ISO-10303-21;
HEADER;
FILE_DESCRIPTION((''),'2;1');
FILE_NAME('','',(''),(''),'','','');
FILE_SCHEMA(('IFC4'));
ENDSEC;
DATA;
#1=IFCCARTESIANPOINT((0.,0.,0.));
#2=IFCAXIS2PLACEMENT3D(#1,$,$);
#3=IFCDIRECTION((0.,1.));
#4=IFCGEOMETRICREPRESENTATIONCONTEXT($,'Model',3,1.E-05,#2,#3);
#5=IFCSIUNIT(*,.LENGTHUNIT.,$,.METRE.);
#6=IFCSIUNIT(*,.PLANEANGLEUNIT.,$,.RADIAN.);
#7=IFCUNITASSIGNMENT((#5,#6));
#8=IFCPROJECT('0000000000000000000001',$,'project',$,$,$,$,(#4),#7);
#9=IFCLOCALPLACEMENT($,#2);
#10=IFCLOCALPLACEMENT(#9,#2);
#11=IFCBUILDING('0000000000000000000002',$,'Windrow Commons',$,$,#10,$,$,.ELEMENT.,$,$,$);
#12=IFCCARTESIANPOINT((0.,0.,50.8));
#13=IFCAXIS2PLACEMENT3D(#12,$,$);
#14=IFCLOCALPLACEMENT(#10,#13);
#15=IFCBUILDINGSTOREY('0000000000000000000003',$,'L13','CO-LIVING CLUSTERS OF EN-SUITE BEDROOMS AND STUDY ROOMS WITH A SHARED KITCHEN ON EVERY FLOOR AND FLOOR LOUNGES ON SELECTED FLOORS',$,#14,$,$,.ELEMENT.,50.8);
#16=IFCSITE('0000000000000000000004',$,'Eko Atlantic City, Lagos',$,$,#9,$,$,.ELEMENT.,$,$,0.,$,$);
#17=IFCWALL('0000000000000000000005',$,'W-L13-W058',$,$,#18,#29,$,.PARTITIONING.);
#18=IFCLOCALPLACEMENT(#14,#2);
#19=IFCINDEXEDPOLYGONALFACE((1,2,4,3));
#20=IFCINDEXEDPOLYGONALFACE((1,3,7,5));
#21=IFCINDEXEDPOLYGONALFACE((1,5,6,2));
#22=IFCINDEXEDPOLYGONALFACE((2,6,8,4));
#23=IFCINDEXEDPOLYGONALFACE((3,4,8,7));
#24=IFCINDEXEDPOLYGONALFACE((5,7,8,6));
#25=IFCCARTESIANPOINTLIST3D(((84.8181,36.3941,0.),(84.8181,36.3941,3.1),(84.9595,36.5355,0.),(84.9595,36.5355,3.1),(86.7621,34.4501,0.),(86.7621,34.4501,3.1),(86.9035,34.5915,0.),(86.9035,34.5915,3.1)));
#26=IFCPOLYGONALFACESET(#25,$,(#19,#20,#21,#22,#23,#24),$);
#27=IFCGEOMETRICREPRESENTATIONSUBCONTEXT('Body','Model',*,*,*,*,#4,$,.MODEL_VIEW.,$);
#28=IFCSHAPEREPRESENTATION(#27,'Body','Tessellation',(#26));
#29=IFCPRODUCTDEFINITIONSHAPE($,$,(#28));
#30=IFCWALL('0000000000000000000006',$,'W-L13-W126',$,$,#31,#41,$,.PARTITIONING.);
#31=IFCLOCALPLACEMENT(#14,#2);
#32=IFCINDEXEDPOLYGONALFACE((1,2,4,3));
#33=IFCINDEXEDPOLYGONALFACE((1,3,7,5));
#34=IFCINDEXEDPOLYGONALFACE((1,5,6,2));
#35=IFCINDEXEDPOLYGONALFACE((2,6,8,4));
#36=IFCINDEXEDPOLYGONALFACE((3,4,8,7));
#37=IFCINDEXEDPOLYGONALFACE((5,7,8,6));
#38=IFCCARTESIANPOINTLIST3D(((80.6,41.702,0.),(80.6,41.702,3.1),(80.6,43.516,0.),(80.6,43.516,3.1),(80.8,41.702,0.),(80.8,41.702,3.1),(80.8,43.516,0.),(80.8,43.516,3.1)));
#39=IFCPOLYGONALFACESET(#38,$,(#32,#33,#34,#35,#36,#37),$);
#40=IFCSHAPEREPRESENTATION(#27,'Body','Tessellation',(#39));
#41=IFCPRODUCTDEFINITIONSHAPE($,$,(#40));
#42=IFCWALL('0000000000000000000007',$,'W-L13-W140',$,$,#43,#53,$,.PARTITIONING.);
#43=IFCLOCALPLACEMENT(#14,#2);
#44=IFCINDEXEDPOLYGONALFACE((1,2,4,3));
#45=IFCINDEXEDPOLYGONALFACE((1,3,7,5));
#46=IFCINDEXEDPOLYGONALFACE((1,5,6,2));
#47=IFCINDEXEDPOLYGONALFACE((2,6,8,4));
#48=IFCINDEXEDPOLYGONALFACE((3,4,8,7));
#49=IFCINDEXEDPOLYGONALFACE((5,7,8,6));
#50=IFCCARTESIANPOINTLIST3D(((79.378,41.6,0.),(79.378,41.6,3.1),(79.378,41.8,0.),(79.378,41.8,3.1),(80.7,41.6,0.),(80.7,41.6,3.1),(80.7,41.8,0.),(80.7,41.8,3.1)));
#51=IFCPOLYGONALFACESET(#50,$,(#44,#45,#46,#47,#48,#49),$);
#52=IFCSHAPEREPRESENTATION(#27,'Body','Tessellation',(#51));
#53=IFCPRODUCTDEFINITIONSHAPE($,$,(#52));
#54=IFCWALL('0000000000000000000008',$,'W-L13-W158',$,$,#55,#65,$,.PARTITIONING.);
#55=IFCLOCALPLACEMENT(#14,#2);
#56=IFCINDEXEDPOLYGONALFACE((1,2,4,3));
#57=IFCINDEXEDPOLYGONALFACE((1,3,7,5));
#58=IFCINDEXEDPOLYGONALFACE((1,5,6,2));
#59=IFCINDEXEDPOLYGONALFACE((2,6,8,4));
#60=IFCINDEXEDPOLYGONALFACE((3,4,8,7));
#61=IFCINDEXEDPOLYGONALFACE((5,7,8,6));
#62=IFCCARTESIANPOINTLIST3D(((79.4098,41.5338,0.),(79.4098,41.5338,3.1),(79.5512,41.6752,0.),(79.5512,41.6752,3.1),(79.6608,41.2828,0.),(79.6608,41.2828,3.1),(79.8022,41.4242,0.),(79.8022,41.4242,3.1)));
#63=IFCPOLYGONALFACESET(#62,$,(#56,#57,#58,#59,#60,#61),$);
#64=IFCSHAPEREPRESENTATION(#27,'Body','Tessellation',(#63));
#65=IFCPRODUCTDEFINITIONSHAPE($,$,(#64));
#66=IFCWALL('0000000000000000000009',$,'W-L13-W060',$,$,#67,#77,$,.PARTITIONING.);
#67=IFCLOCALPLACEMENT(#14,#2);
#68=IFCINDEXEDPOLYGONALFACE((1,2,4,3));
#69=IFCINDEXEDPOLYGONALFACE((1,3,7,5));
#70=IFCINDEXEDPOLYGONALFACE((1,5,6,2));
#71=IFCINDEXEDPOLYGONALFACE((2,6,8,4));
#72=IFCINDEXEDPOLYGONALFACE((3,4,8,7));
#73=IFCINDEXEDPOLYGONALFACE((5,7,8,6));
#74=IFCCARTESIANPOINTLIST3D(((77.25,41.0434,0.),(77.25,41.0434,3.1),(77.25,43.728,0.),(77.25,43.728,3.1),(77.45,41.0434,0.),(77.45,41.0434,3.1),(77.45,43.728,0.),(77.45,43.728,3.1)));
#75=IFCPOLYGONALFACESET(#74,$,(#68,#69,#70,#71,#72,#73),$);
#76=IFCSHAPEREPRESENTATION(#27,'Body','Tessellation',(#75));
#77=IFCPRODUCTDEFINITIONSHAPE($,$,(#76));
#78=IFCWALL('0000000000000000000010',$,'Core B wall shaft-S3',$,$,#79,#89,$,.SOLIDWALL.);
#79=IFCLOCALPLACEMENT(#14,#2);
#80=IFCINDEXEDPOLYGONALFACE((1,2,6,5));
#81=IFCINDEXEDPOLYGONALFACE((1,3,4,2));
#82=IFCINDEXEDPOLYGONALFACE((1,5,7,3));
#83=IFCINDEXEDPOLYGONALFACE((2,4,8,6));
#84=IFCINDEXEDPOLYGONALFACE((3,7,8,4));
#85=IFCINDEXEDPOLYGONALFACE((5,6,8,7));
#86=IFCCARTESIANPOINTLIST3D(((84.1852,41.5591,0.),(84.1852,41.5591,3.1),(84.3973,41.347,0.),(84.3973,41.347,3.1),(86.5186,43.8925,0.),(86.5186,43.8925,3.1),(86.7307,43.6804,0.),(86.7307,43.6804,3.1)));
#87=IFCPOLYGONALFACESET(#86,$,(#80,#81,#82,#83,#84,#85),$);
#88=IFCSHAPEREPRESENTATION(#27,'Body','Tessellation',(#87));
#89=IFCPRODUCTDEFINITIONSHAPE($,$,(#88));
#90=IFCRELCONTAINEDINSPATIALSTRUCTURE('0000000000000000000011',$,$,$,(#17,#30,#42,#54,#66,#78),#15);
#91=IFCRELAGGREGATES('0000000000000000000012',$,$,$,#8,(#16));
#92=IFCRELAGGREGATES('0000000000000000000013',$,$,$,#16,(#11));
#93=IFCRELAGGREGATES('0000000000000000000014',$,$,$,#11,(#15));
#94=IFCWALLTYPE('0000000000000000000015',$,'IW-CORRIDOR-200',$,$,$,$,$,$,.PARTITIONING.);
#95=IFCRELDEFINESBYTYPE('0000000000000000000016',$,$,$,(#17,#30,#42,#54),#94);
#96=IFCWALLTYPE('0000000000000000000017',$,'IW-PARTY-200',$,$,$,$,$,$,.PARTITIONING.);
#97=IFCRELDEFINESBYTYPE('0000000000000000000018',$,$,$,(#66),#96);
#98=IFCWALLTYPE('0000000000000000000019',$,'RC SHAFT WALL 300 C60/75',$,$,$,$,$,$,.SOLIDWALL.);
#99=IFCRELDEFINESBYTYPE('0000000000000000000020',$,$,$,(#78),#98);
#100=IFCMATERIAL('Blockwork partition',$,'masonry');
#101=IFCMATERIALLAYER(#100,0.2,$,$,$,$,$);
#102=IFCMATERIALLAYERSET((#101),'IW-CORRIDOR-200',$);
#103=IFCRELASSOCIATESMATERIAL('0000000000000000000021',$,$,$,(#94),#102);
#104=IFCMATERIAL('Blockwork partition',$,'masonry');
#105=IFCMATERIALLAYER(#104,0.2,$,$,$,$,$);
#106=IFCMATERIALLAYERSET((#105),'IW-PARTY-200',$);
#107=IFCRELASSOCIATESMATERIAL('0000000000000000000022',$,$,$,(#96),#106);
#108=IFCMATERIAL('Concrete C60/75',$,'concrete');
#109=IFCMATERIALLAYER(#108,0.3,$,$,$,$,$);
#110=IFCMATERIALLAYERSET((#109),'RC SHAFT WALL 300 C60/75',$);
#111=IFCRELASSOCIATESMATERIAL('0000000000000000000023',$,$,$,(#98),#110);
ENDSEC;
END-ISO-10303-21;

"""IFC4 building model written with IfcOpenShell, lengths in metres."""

from ifc_helpers import new_model, si_unit, direction, frame, frame_2d, origin, place, context, subcontext, project, spatial, rectangle, extrude, material, layer, layer_set, type_object, element, save


model = new_model("IFC4")

# Units and contexts
model_context = context("Model", 3, precision=1e-05, world=origin(), true_north=direction((0.0, 1.0)))
body_context = subcontext(model_context, "Body", "Model", "MODEL_VIEW")
ifc_project = project(units=[si_unit("LENGTHUNIT", "METRE"), si_unit("PLANEANGLEUNIT", "RADIAN")], contexts=[model_context])

# Site, building, storey
site_placement = place(None, origin())
site = spatial("IfcSite", under=ifc_project, at=site_placement, Name="Eko Atlantic City, Lagos", CompositionType="ELEMENT", RefElevation=0.0)
building_placement = place(site_placement, origin())
building = spatial("IfcBuilding", under=site, at=building_placement, Name="Windrow Commons", CompositionType="ELEMENT")
storey_placement = place(building_placement, frame((0.0, 0.0, 50.8)))
storey = spatial("IfcBuildingStorey", under=building, at=storey_placement, Name="L13", Description="CO-LIVING CLUSTERS OF EN-SUITE BEDROOMS AND STUDY ROOMS WITH A SHARED KITCHEN ON EVERY FLOOR AND FLOOR LOUNGES ON SELECTED FLOORS", CompositionType="ELEMENT", Elevation=50.8)

# Walls
ifc_material_1 = material(Name="Blockwork partition", Category="masonry")
ifc_layer_1 = layer(ifc_material_1, 0.2)
ifc_layer_set_1 = layer_set([ifc_layer_1], Name="IW-CORRIDOR-200")
wall_type_1 = type_object("IfcWallType", Name="IW-CORRIDOR-200", PredefinedType="PARTITIONING", material=ifc_layer_set_1)
wall_1_placement = place(storey_placement, frame((84.8888, 36.4648, 0.0), z_axis=(0.0, 0.0, 1.0), x_axis=(0.707107, -0.707107, 0.0)))
element("IfcWall", 1, at=wall_1_placement, inside=storey, type_object=wall_type_1, Name="W-L13-W058", PredefinedType="PARTITIONING", context=body_context, shape_type="SweptSolid", body=[
    extrude(rectangle(XDim=2.7492, YDim=0.2, at=frame_2d((1.3746, 0.0))), origin(), (0.0, 0.0, 1.0), 3.1),
])
wall_2_placement = place(storey_placement, frame((80.7, 41.702, 0.0), z_axis=(0.0, 0.0, 1.0), x_axis=(0.0, 1.0, 0.0)))
element("IfcWall", 2, at=wall_2_placement, inside=storey, type_object=wall_type_1, Name="W-L13-W126", PredefinedType="PARTITIONING", context=body_context, shape_type="SweptSolid", body=[
    extrude(rectangle(XDim=1.814, YDim=0.2, at=frame_2d((0.907, 0.0))), origin(), (0.0, 0.0, 1.0), 3.1),
])
wall_3_placement = place(storey_placement, frame((79.378, 41.7, 0.0), z_axis=(0.0, 0.0, 1.0), x_axis=(1.0, 0.0, 0.0)))
element("IfcWall", 3, at=wall_3_placement, inside=storey, type_object=wall_type_1, Name="W-L13-W140", PredefinedType="PARTITIONING", context=body_context, shape_type="SweptSolid", body=[
    extrude(rectangle(XDim=1.322, YDim=0.2, at=frame_2d((0.661, 0.0))), origin(), (0.0, 0.0, 1.0), 3.1),
])
wall_4_placement = place(storey_placement, frame((79.4805, 41.6045, 0.0), z_axis=(0.0, 0.0, 1.0), x_axis=(0.707107, -0.707107, 0.0)))
element("IfcWall", 4, at=wall_4_placement, inside=storey, type_object=wall_type_1, Name="W-L13-W158", PredefinedType="PARTITIONING", context=body_context, shape_type="SweptSolid", body=[
    extrude(rectangle(XDim=0.355, YDim=0.2, at=frame_2d((0.1775, 0.0))), origin(), (0.0, 0.0, 1.0), 3.1),
])
ifc_material_2 = material(Name="Blockwork partition", Category="masonry")
ifc_layer_2 = layer(ifc_material_2, 0.2)
ifc_layer_set_2 = layer_set([ifc_layer_2], Name="IW-PARTY-200")
wall_type_2 = type_object("IfcWallType", Name="IW-PARTY-200", PredefinedType="PARTITIONING", material=ifc_layer_set_2)
wall_5_placement = place(storey_placement, frame((77.35, 41.0434, 0.0), z_axis=(0.0, 0.0, 1.0), x_axis=(0.0, 1.0, 0.0)))
element("IfcWall", 5, at=wall_5_placement, inside=storey, type_object=wall_type_2, Name="W-L13-W060", PredefinedType="PARTITIONING", context=body_context, shape_type="SweptSolid", body=[
    extrude(rectangle(XDim=2.6846, YDim=0.2, at=frame_2d((1.3423, 0.0))), origin(), (0.0, 0.0, 1.0), 3.1),
])
ifc_material_3 = material(Name="Concrete C60/75", Category="concrete")
ifc_layer_3 = layer(ifc_material_3, 0.3)
ifc_layer_set_3 = layer_set([ifc_layer_3], Name="RC SHAFT WALL 300 C60/75")
wall_type_3 = type_object("IfcWallType", Name="RC SHAFT WALL 300 C60/75", PredefinedType="SOLIDWALL", material=ifc_layer_set_3)
wall_6_placement = place(storey_placement, frame((84.2912, 41.453, 0.0), z_axis=(0.0, 0.0, 1.0), x_axis=(0.707107, 0.707107, 0.0)))
element("IfcWall", 6, at=wall_6_placement, inside=storey, type_object=wall_type_3, Name="Core B wall shaft-S3", PredefinedType="SOLIDWALL", context=body_context, shape_type="SweptSolid", body=[
    extrude(rectangle(XDim=3.2999, YDim=0.3, at=frame_2d((1.65, 0.0))), origin(), (0.0, 0.0, 1.0), 3.1),
])

save(model, "model.ifc")
